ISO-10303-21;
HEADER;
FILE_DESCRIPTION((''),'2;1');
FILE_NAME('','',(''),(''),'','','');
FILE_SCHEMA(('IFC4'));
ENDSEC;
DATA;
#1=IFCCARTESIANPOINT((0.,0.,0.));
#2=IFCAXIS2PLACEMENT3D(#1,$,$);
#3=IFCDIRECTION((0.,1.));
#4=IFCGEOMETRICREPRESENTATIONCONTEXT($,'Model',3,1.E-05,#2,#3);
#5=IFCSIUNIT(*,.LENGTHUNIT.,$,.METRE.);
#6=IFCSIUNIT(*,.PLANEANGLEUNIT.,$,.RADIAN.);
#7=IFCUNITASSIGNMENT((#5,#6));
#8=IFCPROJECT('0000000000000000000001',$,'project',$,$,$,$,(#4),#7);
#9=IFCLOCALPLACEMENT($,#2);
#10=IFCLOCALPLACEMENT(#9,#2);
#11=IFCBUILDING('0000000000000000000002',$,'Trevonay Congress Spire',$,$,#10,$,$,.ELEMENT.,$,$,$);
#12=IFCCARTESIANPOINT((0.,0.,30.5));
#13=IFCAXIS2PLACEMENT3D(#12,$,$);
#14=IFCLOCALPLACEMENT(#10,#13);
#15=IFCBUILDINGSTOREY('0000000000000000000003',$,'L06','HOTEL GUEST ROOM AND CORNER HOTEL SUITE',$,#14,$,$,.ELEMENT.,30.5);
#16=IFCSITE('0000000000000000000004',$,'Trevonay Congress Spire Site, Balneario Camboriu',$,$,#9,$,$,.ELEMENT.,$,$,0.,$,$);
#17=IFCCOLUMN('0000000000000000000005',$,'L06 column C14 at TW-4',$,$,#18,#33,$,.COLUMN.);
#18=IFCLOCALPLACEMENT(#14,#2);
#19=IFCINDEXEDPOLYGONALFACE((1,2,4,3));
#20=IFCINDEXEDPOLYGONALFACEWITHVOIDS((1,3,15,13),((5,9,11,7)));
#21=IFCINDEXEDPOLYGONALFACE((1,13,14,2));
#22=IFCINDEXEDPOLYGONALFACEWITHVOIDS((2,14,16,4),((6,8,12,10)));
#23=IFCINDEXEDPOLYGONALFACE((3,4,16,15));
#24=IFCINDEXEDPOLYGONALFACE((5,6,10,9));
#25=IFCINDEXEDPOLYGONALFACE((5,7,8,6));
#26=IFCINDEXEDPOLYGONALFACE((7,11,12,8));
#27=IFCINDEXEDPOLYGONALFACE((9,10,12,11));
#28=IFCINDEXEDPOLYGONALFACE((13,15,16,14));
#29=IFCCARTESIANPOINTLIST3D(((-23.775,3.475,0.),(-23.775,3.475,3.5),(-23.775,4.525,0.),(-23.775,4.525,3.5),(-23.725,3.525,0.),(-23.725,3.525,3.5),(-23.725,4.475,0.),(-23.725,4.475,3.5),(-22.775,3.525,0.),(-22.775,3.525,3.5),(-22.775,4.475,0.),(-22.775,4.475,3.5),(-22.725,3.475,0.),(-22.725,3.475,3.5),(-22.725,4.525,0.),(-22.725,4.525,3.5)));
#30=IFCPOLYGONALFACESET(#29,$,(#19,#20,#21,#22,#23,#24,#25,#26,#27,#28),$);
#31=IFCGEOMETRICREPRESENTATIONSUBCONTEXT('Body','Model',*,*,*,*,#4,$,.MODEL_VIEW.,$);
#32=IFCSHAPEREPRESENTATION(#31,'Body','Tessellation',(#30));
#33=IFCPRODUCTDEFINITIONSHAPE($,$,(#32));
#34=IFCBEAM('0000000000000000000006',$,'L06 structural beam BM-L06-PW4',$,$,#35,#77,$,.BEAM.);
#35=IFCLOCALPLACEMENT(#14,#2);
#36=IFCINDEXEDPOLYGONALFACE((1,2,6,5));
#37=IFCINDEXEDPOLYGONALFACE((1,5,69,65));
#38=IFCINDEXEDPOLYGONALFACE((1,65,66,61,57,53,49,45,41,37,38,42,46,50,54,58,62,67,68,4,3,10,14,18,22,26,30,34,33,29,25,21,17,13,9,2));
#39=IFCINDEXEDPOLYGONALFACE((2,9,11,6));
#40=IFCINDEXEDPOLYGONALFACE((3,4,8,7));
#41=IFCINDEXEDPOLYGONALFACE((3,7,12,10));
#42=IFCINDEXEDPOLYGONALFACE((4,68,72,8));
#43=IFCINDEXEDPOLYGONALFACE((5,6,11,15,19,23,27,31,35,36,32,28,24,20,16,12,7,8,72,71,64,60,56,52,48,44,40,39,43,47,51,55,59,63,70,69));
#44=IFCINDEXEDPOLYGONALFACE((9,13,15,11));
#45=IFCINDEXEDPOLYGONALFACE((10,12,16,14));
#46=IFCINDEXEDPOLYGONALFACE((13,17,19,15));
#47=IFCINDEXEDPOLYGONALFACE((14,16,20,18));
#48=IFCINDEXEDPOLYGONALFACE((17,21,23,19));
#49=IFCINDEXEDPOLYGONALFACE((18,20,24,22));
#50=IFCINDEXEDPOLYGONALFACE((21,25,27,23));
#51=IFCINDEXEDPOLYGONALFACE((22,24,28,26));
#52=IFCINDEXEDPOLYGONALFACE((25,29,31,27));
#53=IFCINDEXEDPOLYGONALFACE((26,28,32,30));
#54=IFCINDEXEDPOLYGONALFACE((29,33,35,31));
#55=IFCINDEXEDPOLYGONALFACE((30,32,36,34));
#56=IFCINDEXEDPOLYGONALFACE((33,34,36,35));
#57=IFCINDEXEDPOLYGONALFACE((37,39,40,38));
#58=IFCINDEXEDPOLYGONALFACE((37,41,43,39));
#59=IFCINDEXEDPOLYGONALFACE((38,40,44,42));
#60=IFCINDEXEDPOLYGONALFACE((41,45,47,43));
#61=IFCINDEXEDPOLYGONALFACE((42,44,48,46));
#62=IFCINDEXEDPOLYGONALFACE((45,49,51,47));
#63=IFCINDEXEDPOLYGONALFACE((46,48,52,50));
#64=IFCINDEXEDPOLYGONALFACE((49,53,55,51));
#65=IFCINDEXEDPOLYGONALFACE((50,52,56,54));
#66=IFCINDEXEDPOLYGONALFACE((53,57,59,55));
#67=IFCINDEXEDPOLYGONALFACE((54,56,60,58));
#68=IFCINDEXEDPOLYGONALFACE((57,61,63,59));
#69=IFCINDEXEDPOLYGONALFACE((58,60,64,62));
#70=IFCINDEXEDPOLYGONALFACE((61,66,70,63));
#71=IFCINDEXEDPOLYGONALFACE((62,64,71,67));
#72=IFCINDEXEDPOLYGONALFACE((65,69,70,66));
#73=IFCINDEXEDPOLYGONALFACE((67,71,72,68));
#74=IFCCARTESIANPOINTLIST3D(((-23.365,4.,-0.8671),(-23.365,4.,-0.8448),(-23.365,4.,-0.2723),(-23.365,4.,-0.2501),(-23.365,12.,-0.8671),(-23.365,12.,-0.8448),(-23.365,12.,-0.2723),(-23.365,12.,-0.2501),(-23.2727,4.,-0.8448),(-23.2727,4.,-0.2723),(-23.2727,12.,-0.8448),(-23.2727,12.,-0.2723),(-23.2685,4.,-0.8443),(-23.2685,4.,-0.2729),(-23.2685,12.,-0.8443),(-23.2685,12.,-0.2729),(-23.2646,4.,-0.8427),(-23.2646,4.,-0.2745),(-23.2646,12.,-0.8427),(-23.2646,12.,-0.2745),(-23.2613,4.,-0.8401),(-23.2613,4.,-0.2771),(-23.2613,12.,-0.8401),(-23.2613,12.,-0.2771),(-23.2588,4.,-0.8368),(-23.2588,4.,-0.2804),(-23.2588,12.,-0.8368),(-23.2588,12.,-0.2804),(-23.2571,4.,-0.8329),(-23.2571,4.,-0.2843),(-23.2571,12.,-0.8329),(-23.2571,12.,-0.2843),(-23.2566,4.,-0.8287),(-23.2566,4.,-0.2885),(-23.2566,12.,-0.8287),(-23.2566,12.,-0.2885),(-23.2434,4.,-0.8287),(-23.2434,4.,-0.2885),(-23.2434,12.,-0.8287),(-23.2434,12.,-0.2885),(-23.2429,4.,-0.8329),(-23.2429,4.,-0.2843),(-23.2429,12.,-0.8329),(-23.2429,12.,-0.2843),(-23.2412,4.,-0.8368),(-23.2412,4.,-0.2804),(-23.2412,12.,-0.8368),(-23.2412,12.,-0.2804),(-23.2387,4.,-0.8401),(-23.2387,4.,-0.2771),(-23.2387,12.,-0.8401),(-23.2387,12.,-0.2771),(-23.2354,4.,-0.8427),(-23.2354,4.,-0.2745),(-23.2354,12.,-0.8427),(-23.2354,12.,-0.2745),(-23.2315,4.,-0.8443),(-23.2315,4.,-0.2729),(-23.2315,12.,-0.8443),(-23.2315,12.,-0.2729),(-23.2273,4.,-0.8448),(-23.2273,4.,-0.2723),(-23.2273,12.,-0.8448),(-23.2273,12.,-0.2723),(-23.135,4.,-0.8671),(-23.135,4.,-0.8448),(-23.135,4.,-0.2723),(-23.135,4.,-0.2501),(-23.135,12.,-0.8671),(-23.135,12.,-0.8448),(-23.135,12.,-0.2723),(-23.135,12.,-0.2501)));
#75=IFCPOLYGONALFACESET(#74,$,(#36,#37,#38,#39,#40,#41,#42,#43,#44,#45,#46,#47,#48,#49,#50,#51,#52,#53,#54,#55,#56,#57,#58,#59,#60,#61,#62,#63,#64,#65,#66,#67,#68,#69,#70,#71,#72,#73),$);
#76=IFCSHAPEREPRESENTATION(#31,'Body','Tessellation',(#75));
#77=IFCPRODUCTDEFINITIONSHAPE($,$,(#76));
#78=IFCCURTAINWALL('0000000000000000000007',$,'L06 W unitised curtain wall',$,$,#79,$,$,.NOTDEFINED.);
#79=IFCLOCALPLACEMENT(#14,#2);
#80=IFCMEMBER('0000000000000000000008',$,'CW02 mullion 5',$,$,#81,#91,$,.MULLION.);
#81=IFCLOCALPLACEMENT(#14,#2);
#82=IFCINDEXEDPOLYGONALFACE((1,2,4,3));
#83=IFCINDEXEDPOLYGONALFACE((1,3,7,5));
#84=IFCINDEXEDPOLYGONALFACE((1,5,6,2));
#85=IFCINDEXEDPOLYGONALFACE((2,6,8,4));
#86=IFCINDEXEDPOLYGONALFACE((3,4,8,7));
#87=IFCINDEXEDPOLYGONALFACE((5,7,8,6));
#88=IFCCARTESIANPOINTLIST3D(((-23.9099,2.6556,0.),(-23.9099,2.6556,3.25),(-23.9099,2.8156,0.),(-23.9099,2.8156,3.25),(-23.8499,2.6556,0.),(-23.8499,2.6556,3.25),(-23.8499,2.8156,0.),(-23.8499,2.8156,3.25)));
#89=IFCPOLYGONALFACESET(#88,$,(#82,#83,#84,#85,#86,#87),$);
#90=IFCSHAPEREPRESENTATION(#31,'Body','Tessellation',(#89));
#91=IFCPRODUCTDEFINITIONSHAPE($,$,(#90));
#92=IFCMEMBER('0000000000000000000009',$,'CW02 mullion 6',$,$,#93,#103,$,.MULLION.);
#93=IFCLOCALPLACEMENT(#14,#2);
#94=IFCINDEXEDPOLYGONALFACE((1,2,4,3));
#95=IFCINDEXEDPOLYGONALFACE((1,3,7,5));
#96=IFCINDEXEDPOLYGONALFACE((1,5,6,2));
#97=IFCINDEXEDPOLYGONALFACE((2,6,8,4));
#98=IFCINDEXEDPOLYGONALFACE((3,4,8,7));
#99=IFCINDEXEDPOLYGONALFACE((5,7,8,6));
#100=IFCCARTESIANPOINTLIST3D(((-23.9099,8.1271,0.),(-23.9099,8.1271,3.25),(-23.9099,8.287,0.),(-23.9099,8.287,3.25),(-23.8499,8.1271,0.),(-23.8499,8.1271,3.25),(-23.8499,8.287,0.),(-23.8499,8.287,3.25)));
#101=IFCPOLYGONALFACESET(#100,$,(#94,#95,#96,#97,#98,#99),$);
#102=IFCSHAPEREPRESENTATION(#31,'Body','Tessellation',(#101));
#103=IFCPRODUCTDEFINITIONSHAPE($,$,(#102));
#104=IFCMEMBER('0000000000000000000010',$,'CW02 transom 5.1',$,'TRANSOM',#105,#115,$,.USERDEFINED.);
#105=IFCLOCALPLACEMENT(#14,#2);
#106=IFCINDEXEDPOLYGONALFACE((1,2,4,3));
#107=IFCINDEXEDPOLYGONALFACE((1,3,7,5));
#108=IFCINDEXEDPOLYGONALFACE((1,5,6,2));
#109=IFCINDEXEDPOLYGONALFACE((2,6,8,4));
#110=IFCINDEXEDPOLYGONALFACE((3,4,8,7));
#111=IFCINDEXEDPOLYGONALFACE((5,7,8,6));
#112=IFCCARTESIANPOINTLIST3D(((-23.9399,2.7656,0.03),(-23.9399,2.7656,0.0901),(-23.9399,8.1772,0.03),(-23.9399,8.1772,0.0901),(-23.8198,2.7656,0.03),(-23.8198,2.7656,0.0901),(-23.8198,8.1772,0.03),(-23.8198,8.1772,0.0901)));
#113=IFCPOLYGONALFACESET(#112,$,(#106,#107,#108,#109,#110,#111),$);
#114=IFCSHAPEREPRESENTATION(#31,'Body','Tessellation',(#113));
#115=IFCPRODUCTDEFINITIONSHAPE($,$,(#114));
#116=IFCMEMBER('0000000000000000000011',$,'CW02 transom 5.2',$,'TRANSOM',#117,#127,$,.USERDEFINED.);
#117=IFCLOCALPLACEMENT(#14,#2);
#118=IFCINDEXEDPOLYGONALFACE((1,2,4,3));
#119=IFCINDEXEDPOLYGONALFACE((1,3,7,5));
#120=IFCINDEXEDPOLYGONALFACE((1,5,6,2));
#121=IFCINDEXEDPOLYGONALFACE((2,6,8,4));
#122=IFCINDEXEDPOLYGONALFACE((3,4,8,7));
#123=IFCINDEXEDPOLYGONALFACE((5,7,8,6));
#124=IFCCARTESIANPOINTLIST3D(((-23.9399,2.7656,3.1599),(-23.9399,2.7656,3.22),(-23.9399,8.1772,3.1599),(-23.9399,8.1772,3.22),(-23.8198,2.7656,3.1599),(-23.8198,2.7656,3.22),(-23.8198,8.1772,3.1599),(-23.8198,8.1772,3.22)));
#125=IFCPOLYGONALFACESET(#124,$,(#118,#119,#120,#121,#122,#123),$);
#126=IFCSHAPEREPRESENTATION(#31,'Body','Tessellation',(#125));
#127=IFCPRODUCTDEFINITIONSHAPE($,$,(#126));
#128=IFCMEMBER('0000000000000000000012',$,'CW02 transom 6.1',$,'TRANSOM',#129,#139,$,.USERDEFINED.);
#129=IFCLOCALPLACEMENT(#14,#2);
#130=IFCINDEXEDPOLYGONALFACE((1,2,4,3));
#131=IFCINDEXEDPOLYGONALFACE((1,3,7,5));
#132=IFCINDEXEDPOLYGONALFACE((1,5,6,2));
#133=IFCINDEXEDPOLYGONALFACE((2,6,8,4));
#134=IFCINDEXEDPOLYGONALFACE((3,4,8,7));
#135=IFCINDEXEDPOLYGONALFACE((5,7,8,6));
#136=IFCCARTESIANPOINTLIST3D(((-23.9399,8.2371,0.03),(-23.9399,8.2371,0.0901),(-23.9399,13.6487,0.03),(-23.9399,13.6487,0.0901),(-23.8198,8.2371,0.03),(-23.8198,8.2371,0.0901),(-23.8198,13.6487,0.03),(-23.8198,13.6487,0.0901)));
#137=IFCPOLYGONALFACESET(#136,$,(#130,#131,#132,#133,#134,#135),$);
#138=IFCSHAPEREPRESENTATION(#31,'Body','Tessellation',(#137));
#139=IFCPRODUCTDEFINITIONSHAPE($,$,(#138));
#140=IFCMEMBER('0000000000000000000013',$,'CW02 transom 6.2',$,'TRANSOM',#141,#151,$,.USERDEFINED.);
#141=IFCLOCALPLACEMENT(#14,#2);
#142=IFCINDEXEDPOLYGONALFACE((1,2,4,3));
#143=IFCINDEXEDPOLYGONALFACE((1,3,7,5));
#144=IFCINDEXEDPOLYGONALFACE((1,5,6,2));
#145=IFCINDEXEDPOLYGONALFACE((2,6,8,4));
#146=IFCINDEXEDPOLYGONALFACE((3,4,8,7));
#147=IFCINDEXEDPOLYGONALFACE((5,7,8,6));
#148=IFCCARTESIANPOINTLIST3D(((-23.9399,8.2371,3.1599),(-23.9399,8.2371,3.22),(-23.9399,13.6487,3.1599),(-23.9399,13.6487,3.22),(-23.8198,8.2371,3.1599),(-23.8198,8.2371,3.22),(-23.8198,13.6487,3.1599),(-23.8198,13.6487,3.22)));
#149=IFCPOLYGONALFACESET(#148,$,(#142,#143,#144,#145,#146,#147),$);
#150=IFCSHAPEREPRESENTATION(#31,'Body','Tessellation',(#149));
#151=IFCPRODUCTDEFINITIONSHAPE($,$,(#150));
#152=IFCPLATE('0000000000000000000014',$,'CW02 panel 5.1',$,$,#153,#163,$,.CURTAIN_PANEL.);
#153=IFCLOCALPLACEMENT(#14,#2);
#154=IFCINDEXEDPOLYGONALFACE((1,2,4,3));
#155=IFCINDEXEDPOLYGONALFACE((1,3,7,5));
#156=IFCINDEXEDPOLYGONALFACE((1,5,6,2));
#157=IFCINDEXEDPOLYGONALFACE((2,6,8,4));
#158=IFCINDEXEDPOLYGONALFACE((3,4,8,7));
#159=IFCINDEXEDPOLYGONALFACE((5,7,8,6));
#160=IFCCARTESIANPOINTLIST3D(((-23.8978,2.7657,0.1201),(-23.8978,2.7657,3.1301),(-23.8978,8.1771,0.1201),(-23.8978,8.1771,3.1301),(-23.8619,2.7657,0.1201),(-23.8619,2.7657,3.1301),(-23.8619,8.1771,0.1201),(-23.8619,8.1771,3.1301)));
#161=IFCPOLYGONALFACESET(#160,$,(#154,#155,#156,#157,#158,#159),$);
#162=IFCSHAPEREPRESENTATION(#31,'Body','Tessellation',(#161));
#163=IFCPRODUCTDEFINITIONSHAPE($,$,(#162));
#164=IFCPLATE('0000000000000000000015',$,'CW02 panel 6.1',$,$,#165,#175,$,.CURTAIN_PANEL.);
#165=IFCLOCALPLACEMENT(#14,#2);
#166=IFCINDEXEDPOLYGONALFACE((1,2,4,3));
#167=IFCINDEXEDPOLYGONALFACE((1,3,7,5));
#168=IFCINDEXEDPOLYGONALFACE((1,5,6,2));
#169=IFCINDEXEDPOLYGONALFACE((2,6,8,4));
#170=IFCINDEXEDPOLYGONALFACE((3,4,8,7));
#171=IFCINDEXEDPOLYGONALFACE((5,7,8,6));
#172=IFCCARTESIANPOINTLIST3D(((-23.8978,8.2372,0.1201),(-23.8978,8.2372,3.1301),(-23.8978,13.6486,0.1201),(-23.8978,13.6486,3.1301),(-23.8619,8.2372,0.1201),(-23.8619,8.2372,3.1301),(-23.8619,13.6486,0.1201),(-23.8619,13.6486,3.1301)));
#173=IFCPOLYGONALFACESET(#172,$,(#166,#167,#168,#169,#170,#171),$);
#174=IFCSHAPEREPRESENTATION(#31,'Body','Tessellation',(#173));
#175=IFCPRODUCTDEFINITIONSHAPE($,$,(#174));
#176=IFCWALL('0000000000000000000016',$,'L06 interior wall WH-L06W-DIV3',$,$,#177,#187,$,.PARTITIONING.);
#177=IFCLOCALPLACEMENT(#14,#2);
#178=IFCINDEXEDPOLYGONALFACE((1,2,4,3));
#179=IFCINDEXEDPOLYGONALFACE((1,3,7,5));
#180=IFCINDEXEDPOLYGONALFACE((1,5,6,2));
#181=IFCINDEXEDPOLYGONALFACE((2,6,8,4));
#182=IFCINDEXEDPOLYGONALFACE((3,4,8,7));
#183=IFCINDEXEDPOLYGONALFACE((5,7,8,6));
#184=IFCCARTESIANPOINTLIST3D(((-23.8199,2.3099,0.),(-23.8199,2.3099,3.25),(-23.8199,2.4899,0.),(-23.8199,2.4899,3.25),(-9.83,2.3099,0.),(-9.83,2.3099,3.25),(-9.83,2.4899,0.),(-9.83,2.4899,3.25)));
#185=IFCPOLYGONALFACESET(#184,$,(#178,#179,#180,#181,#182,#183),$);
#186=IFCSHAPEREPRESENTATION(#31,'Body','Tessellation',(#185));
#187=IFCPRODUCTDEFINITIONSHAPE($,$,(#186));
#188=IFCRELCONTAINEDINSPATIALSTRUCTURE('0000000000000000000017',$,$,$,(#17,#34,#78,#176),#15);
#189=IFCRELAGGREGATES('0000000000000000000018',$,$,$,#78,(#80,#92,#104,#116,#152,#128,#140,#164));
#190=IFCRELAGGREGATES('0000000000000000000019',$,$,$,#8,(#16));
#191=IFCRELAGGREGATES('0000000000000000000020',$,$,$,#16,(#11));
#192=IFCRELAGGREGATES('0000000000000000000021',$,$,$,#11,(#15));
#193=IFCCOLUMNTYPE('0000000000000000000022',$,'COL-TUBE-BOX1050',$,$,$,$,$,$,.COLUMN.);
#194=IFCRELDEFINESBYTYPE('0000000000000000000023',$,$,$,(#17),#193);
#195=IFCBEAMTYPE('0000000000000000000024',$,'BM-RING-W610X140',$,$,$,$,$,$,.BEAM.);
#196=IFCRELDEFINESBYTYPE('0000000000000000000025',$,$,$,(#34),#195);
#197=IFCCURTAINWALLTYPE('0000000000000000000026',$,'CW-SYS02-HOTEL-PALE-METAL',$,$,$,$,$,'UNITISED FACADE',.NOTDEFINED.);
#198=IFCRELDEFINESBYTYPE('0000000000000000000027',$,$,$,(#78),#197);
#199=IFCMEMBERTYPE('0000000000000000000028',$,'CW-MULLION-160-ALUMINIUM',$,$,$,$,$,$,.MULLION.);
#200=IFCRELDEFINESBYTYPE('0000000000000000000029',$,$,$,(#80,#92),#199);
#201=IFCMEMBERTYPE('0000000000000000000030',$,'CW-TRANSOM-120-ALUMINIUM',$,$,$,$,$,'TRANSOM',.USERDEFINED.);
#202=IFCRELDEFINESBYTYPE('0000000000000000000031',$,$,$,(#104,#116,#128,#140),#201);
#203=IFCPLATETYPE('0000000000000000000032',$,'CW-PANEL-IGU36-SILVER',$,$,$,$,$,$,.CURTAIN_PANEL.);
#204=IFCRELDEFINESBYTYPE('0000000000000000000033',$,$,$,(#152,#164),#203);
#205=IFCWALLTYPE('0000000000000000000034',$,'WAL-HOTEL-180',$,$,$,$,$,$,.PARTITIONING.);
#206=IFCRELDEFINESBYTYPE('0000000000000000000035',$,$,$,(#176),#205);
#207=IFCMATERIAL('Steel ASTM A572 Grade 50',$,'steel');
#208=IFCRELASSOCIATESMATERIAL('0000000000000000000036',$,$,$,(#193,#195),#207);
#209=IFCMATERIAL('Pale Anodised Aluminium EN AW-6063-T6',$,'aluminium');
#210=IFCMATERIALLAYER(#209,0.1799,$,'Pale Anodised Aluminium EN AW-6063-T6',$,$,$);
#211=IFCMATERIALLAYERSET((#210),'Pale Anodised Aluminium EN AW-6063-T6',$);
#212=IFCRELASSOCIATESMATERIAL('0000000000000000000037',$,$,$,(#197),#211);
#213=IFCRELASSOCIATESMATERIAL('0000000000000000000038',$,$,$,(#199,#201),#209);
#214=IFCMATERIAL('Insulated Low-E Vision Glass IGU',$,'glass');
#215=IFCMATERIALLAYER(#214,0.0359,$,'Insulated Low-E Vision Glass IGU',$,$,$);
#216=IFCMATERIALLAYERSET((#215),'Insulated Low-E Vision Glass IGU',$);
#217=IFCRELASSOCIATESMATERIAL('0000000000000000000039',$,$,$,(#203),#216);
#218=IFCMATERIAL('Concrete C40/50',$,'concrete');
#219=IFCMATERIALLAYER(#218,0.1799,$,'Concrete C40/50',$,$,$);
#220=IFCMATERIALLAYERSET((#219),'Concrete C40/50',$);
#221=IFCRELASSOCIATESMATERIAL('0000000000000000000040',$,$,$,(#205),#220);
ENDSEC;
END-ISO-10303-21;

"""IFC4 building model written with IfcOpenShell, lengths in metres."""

from ifc_helpers import new_model, si_unit, direction, frame, frame_2d, origin, origin_2d, place, context, subcontext, project, spatial, rectangle, hollow_rectangle, i_section, extrude, material, layer, layer_set, material_profile, profile_set, type_object, element, aggregate, save


model = new_model("IFC4")

# Units and contexts
model_context = context("Model", 3, precision=1e-05, world=origin(), true_north=direction((0.0, 1.0)))
body_context = subcontext(model_context, "Body", "Model", "MODEL_VIEW")
ifc_project = project(units=[si_unit("LENGTHUNIT", "METRE"), si_unit("PLANEANGLEUNIT", "RADIAN")], contexts=[model_context])

# Site, building, storey
site_placement = place(None, origin())
site = spatial("IfcSite", under=ifc_project, at=site_placement, Name="Trevonay Congress Spire Site, Balneario Camboriu", CompositionType="ELEMENT", RefElevation=0.0)
building_placement = place(site_placement, origin())
building = spatial("IfcBuilding", under=site, at=building_placement, Name="Trevonay Congress Spire", CompositionType="ELEMENT")
storey_placement = place(building_placement, frame((0.0, 0.0, 30.5)))
storey = spatial("IfcBuildingStorey", under=building, at=storey_placement, Name="L06", Description="HOTEL GUEST ROOM AND CORNER HOTEL SUITE", CompositionType="ELEMENT", Elevation=30.5)

# Column
ifc_material_1 = material(Name="Steel ASTM A572 Grade 50", Category="steel")
ifc_material_profile_1 = material_profile(ifc_material_1, hollow_rectangle(XDim=1.05, YDim=1.05, WallThickness=0.05, at=origin_2d()), Name="BOX 1050x1050x50")
ifc_profile_set_1 = profile_set([ifc_material_profile_1], Name="Steel ASTM A572 Grade 50")
column_type = type_object("IfcColumnType", Name="COL-TUBE-BOX1050", PredefinedType="COLUMN", material=ifc_profile_set_1)
column_placement = place(storey_placement, frame((-23.25, 4.0, 0.0), z_axis=(0.0, 0.0, 1.0), x_axis=(1.0, 0.0, 0.0)))
element("IfcColumn", 1, at=column_placement, inside=storey, type_object=column_type, Name="L06 column C14 at TW-4", PredefinedType="COLUMN", context=body_context, shape_type="SweptSolid", body=[
    extrude(hollow_rectangle(XDim=1.05, YDim=1.05, WallThickness=0.05, at=origin_2d()), origin(), (0.0, 0.0, 1.0), 3.5),
])

# Beam
ifc_material_profile_2 = material_profile(ifc_material_1, i_section(OverallWidth=0.23, OverallDepth=0.6169, WebThickness=0.0132, FlangeThickness=0.0222, FilletRadius=0.0161, at=origin_2d()), Name="W610x140")
ifc_profile_set_2 = profile_set([ifc_material_profile_2], Name="Steel ASTM A572 Grade 50")
beam_type = type_object("IfcBeamType", Name="BM-RING-W610X140", PredefinedType="BEAM", material=ifc_profile_set_2)
beam_placement = place(storey_placement, frame((-23.25, 4.0, -0.5586), z_axis=(0.0, 1.0, 0.0), x_axis=(-1.0, 0.0, 0.0)))
element("IfcBeam", 2, at=beam_placement, inside=storey, type_object=beam_type, Name="L06 structural beam BM-L06-PW4", PredefinedType="BEAM", context=body_context, shape_type="SweptSolid", body=[
    extrude(i_section(OverallWidth=0.23, OverallDepth=0.6169, WebThickness=0.0132, FlangeThickness=0.0222, FilletRadius=0.0161, at=origin_2d()), origin(), (0.0, 0.0, 1.0), 8.0),
])

# Curtain wall, members, plates
ifc_material_2 = material(Name="Pale Anodised Aluminium EN AW-6063-T6", Category="aluminium")
ifc_layer_1 = layer(ifc_material_2, 0.1799, Name="Pale Anodised Aluminium EN AW-6063-T6")
ifc_layer_set_1 = layer_set([ifc_layer_1], Name="Pale Anodised Aluminium EN AW-6063-T6")
curtain_wall_type = type_object("IfcCurtainWallType", Name="CW-SYS02-HOTEL-PALE-METAL", ElementType="UNITISED FACADE", PredefinedType="NOTDEFINED", material=ifc_layer_set_1)
curtain_wall_placement = place(storey_placement, origin())
curtain_wall = element("IfcCurtainWall", 3, at=curtain_wall_placement, inside=storey, type_object=curtain_wall_type, Name="L06 W unitised curtain wall", PredefinedType="NOTDEFINED")
ifc_material_profile_3 = material_profile(ifc_material_2, rectangle(XDim=0.0601, YDim=0.1599, at=origin_2d()), Name="CW-MULLION-160-ALUMINIUM")
ifc_profile_set_3 = profile_set([ifc_material_profile_3], Name="Pale Anodised Aluminium EN AW-6063-T6")
member_type_1 = type_object("IfcMemberType", Name="CW-MULLION-160-ALUMINIUM", PredefinedType="MULLION", material=ifc_profile_set_3)
member_1_placement = place(storey_placement, frame((-23.8799, 2.7356, 0.0), z_axis=(0.0, 0.0, 1.0), x_axis=(-1.0, 0.0, 0.0)))
member_1 = element("IfcMember", 4, at=member_1_placement, type_object=member_type_1, Name="CW02 mullion 5", PredefinedType="MULLION", context=body_context, shape_type="SweptSolid", body=[
    extrude(rectangle(XDim=0.0601, YDim=0.1599, at=origin_2d()), origin(), (0.0, 0.0, 1.0), 3.25),
])
member_2_placement = place(storey_placement, frame((-23.8799, 8.207, 0.0), z_axis=(0.0, 0.0, 1.0), x_axis=(-1.0, 0.0, 0.0)))
member_2 = element("IfcMember", 5, at=member_2_placement, type_object=member_type_1, Name="CW02 mullion 6", PredefinedType="MULLION", context=body_context, shape_type="SweptSolid", body=[
    extrude(rectangle(XDim=0.0601, YDim=0.1599, at=origin_2d()), origin(), (0.0, 0.0, 1.0), 3.25),
])
ifc_material_profile_4 = material_profile(ifc_material_2, rectangle(XDim=0.1201, YDim=0.0601, at=origin_2d()), Name="CW-TRANSOM-120-ALUMINIUM")
ifc_profile_set_4 = profile_set([ifc_material_profile_4], Name="Pale Anodised Aluminium EN AW-6063-T6")
member_type_2 = type_object("IfcMemberType", Name="CW-TRANSOM-120-ALUMINIUM", ElementType="TRANSOM", PredefinedType="USERDEFINED", material=ifc_profile_set_4)
member_3_placement = place(storey_placement, frame((-23.8799, 2.7656, 0.0601), z_axis=(0.0, 1.0, 0.0), x_axis=(-1.0, 0.0, 0.0)))
member_3 = element("IfcMember", 6, at=member_3_placement, type_object=member_type_2, Name="CW02 transom 5.1", ObjectType="TRANSOM", PredefinedType="USERDEFINED", context=body_context, shape_type="SweptSolid", body=[
    extrude(rectangle(XDim=0.1201, YDim=0.0601, at=origin_2d()), origin(), (0.0, 0.0, 1.0), 5.4116),
])
member_4_placement = place(storey_placement, frame((-23.8799, 2.7656, 3.1899), z_axis=(0.0, 1.0, 0.0), x_axis=(-1.0, 0.0, 0.0)))
member_4 = element("IfcMember", 7, at=member_4_placement, type_object=member_type_2, Name="CW02 transom 5.2", ObjectType="TRANSOM", PredefinedType="USERDEFINED", context=body_context, shape_type="SweptSolid", body=[
    extrude(rectangle(XDim=0.1201, YDim=0.0601, at=origin_2d()), origin(), (0.0, 0.0, 1.0), 5.4116),
])
member_5_placement = place(storey_placement, frame((-23.8799, 8.2371, 0.0601), z_axis=(0.0, 1.0, 0.0), x_axis=(-1.0, 0.0, 0.0)))
member_5 = element("IfcMember", 8, at=member_5_placement, type_object=member_type_2, Name="CW02 transom 6.1", ObjectType="TRANSOM", PredefinedType="USERDEFINED", context=body_context, shape_type="SweptSolid", body=[
    extrude(rectangle(XDim=0.1201, YDim=0.0601, at=origin_2d()), origin(), (0.0, 0.0, 1.0), 5.4116),
])
member_6_placement = place(storey_placement, frame((-23.8799, 8.2371, 3.1899), z_axis=(0.0, 1.0, 0.0), x_axis=(-1.0, 0.0, 0.0)))
member_6 = element("IfcMember", 9, at=member_6_placement, type_object=member_type_2, Name="CW02 transom 6.2", ObjectType="TRANSOM", PredefinedType="USERDEFINED", context=body_context, shape_type="SweptSolid", body=[
    extrude(rectangle(XDim=0.1201, YDim=0.0601, at=origin_2d()), origin(), (0.0, 0.0, 1.0), 5.4116),
])
ifc_material_3 = material(Name="Insulated Low-E Vision Glass IGU", Category="glass")
ifc_layer_2 = layer(ifc_material_3, 0.0359, Name="Insulated Low-E Vision Glass IGU")
ifc_layer_set_2 = layer_set([ifc_layer_2], Name="Insulated Low-E Vision Glass IGU")
plate_type = type_object("IfcPlateType", Name="CW-PANEL-IGU36-SILVER", PredefinedType="CURTAIN_PANEL", material=ifc_layer_set_2)
plate_1_placement = place(storey_placement, frame((-23.8799, 5.4714, 0.1201), z_axis=(0.0, 0.0, 1.0), x_axis=(0.0, 1.0, 0.0)))
plate_1 = element("IfcPlate", 10, at=plate_1_placement, type_object=plate_type, Name="CW02 panel 5.1", PredefinedType="CURTAIN_PANEL", context=body_context, shape_type="SweptSolid", body=[
    extrude(rectangle(XDim=5.4114, YDim=0.0359, at=origin_2d()), origin(), (0.0, 0.0, 1.0), 3.01),
])
plate_2_placement = place(storey_placement, frame((-23.8799, 10.9429, 0.1201), z_axis=(0.0, 0.0, 1.0), x_axis=(0.0, 1.0, 0.0)))
plate_2 = element("IfcPlate", 11, at=plate_2_placement, type_object=plate_type, Name="CW02 panel 6.1", PredefinedType="CURTAIN_PANEL", context=body_context, shape_type="SweptSolid", body=[
    extrude(rectangle(XDim=5.4114, YDim=0.0359, at=origin_2d()), origin(), (0.0, 0.0, 1.0), 3.01),
])
aggregate(curtain_wall, [member_1, member_2, member_3, member_4, plate_1, member_5, member_6, plate_2])

# Wall
ifc_material_4 = material(Name="Concrete C40/50", Category="concrete")
ifc_layer_3 = layer(ifc_material_4, 0.1799, Name="Concrete C40/50")
ifc_layer_set_3 = layer_set([ifc_layer_3], Name="Concrete C40/50")
wall_type = type_object("IfcWallType", Name="WAL-HOTEL-180", PredefinedType="PARTITIONING", material=ifc_layer_set_3)
for number, where, z_axis, x_axis, name in (
    (12, (-23.8201, 2.3999, 0.0), (0.0, 0.0, 1.0), (1.0, 0.0, 0.0), "L06 interior wall WH-L06W-DIV3"),
):
    element("IfcWall", number, at=place(storey_placement, frame(where, z_axis=z_axis, x_axis=x_axis)), inside=storey, type_object=wall_type, Name=name, PredefinedType="PARTITIONING", context=body_context, shape_type="SweptSolid", body=[
        extrude(rectangle(XDim=13.99, YDim=0.1799, at=frame_2d((6.9951, 0.0))), origin(), (0.0, 0.0, 1.0), 3.25),
    ])

save(model, "model.ifc")
